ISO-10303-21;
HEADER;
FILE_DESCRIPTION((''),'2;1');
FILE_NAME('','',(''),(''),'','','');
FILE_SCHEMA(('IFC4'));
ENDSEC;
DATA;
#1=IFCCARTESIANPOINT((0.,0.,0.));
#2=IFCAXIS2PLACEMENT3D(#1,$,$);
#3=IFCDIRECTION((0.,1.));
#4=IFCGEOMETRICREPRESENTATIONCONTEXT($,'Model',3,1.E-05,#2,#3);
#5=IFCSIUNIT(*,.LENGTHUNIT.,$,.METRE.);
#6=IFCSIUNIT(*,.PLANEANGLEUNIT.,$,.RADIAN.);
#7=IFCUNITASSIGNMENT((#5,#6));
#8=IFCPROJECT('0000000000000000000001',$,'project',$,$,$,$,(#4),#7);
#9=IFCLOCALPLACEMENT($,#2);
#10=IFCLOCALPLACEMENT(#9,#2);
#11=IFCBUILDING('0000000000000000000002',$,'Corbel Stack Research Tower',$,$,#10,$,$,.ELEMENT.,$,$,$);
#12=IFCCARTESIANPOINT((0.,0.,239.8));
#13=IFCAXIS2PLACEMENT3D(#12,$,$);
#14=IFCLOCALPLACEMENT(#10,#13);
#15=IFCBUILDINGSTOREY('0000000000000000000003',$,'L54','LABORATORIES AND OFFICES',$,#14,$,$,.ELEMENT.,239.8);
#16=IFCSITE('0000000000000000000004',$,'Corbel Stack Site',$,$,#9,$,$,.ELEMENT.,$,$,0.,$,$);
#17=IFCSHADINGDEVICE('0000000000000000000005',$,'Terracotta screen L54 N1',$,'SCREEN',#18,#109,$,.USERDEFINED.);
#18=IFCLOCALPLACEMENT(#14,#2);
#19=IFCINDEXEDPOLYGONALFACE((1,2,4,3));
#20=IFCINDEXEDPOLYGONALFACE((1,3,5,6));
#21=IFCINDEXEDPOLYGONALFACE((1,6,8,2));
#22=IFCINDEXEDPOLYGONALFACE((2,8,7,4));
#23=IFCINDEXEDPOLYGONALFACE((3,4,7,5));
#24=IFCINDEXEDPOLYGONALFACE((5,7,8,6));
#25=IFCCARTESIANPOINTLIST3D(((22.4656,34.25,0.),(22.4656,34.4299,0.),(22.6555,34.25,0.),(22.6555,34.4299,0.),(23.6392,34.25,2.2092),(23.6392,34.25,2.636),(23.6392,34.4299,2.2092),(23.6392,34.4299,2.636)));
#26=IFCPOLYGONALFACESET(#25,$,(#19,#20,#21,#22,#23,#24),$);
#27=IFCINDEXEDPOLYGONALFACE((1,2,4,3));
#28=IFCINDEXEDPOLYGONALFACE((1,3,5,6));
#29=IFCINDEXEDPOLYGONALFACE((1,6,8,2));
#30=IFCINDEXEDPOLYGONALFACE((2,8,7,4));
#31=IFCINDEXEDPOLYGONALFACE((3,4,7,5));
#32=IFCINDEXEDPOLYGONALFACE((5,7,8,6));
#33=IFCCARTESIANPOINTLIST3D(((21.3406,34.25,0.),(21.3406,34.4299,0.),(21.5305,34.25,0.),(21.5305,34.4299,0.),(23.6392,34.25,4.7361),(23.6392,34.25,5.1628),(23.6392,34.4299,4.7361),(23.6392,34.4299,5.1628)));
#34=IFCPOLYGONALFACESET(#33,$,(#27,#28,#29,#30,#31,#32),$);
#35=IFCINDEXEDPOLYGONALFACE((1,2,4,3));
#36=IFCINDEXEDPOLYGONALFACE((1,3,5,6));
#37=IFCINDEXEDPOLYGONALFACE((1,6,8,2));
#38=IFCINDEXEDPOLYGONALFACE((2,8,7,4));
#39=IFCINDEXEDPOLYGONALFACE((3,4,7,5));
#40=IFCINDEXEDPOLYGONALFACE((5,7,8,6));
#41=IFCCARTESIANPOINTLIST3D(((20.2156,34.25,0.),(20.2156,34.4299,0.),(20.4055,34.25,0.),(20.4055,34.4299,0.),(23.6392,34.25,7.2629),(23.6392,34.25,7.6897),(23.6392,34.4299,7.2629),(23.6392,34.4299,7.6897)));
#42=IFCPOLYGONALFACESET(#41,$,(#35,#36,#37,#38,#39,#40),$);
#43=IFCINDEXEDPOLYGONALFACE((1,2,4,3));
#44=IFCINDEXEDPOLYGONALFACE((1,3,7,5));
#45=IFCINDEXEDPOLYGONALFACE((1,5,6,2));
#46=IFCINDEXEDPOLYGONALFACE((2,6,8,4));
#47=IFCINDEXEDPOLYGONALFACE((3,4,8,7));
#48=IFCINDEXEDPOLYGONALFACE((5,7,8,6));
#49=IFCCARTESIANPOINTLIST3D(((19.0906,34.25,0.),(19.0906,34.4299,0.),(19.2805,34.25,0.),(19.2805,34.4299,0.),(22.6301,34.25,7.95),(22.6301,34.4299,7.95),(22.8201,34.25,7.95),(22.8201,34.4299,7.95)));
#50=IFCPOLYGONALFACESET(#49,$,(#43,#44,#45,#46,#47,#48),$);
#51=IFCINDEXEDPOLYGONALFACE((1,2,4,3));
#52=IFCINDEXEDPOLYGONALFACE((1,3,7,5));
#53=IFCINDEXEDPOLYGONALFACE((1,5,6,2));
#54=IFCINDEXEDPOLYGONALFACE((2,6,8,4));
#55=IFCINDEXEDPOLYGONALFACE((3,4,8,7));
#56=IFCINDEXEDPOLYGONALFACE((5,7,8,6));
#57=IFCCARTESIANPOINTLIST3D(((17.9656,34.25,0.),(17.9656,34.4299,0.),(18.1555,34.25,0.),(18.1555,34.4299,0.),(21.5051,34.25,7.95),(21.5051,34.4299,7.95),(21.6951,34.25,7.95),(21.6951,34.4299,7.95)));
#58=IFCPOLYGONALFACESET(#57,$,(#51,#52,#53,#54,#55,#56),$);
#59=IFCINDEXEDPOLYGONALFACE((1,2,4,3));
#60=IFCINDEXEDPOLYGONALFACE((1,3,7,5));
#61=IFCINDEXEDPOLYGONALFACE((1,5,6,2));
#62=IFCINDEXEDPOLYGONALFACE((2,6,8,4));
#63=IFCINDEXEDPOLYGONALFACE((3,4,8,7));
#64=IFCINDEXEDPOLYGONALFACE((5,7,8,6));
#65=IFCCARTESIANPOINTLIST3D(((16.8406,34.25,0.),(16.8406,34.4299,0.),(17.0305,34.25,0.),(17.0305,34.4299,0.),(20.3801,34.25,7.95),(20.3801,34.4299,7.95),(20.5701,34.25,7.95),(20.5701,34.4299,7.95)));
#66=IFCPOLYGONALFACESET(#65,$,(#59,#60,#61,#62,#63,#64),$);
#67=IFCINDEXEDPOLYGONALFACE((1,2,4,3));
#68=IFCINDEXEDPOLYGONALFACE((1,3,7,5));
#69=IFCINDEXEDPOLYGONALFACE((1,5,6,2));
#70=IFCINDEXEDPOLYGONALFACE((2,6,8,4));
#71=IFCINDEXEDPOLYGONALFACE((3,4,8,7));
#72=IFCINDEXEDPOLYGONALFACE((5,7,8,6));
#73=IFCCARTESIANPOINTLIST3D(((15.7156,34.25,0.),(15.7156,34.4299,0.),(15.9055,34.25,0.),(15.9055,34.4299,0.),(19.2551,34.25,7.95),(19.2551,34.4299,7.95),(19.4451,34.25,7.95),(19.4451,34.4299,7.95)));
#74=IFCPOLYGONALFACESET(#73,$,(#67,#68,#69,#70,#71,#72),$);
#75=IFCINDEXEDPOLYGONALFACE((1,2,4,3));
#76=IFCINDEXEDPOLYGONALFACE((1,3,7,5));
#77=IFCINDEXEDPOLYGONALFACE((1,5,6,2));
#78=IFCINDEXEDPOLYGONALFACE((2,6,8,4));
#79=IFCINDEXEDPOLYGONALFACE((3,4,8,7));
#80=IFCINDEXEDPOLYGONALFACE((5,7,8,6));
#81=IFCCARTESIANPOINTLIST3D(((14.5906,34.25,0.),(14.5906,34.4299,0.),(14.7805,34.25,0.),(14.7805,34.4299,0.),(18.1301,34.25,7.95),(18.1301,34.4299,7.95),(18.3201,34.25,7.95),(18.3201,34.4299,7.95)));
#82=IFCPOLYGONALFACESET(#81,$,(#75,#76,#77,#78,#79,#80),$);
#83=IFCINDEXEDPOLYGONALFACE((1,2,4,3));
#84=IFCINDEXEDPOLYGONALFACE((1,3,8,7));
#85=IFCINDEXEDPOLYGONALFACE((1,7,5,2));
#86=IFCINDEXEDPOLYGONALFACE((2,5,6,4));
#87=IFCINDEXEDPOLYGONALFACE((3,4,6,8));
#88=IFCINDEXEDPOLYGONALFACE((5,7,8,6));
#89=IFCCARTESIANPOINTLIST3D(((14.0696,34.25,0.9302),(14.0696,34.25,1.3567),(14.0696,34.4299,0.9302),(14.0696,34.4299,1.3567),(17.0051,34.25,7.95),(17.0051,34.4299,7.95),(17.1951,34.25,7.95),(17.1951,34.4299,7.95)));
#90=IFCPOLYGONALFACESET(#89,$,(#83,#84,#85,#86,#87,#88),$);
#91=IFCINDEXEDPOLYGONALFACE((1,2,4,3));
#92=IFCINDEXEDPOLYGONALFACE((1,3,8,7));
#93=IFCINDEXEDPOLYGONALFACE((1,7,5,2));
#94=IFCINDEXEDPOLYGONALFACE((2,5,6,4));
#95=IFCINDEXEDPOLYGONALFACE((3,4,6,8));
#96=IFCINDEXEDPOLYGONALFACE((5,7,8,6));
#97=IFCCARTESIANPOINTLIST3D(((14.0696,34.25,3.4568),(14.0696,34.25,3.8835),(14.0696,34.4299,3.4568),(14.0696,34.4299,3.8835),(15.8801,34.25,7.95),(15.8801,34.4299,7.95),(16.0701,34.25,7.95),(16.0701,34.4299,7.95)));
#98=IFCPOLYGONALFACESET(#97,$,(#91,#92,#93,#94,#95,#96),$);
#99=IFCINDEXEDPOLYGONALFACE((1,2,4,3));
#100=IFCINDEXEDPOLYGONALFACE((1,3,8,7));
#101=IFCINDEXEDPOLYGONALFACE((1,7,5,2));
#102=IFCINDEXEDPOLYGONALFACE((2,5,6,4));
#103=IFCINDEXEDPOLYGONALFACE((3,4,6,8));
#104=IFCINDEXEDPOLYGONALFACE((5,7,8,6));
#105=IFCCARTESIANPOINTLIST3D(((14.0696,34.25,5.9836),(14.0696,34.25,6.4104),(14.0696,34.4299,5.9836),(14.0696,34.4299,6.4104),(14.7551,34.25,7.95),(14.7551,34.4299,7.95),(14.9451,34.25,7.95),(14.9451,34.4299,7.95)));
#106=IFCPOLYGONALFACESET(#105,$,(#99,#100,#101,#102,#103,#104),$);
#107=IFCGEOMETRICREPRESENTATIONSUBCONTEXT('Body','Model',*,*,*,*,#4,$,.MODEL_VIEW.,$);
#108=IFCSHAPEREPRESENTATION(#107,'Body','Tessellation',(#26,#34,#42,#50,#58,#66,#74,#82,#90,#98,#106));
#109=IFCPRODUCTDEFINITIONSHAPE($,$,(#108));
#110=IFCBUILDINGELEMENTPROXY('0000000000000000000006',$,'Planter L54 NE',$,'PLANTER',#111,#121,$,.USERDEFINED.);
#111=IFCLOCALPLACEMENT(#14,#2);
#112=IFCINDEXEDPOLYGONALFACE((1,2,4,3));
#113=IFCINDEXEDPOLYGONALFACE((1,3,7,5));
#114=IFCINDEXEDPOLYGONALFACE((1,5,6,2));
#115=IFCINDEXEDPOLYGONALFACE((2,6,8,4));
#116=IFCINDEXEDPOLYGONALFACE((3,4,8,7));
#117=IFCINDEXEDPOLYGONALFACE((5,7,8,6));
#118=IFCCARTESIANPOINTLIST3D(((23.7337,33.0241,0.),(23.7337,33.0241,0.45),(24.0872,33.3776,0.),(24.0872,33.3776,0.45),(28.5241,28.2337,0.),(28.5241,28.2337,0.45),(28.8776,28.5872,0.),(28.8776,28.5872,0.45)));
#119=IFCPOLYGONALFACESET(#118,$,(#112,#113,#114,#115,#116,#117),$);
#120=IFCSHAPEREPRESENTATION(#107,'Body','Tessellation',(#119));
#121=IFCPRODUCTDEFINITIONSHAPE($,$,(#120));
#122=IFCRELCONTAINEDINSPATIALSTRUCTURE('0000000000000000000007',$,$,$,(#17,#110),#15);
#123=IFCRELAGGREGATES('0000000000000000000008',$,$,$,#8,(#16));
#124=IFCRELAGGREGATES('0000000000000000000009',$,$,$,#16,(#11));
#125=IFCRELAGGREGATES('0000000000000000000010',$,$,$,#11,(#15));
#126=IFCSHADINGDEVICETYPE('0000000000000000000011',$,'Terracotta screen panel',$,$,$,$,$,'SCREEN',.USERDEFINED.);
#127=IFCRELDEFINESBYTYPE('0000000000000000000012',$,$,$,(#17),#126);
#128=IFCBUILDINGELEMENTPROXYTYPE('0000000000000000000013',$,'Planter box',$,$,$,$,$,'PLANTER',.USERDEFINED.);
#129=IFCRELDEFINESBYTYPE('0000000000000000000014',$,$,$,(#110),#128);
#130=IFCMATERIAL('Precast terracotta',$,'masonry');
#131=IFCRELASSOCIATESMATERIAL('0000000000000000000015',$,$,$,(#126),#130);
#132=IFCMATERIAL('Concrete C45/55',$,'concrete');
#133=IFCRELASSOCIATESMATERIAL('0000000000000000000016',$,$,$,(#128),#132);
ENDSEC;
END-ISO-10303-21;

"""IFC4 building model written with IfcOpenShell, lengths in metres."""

from ifc_helpers import new_model, si_unit, direction, frame, origin, origin_2d, place, context, subcontext, project, spatial, polyline, rectangle, outline, extrude, source, transform, mapped, material, type_object, element, save


model = new_model("IFC4")

# Units and contexts
model_context = context("Model", 3, precision=1e-05, world=origin(), true_north=direction((0.0, 1.0)))
body_context = subcontext(model_context, "Body", "Model", "MODEL_VIEW")
ifc_project = project(units=[si_unit("LENGTHUNIT", "METRE"), si_unit("PLANEANGLEUNIT", "RADIAN")], contexts=[model_context])

# Site, building, storey
site_placement = place(None, origin())
site = spatial("IfcSite", under=ifc_project, at=site_placement, Name="Corbel Stack Site", CompositionType="ELEMENT", RefElevation=0.0)
building_placement = place(site_placement, origin())
building = spatial("IfcBuilding", under=site, at=building_placement, Name="Corbel Stack Research Tower", CompositionType="ELEMENT")
storey_placement = place(building_placement, frame((0.0, 0.0, 239.8)))
storey = spatial("IfcBuildingStorey", under=building, at=storey_placement, Name="L54", Description="LABORATORIES AND OFFICES", CompositionType="ELEMENT", Elevation=239.8)

# Shading device
ifc_material_1 = material(Name="Precast terracotta", Category="masonry")
shading_device_type = type_object("IfcShadingDeviceType", Name="Terracotta screen panel", ElementType="SCREEN", PredefinedType="USERDEFINED", material=ifc_material_1)
shared_shape_1 = source(origin(), body_context, "Body", "SweptSolid", [
    extrude(outline(polyline([(1.1736, 0.0), (0.0, 2.636), (0.0, 2.2092), (0.9836, 0.0), (1.1736, 0.0)])), frame((0.0, 0.0, 0.0), z_axis=(0.0, -1.0, 0.0), x_axis=(1.0, 0.0, 0.0)), (0.0, 0.0, 1.0), 0.1799),
    extrude(outline(polyline([(2.2986, 0.0), (0.0, 5.1628), (0.0, 4.7361), (2.1086, 0.0), (2.2986, 0.0)])), frame((0.0, 0.0, 0.0), z_axis=(0.0, -1.0, 0.0), x_axis=(1.0, 0.0, 0.0)), (0.0, 0.0, 1.0), 0.1799),
    extrude(outline(polyline([(3.4236, 0.0), (0.0, 7.6897), (0.0, 7.2629), (3.2336, 0.0), (3.4236, 0.0)])), frame((0.0, 0.0, 0.0), z_axis=(0.0, -1.0, 0.0), x_axis=(1.0, 0.0, 0.0)), (0.0, 0.0, 1.0), 0.1799),
    extrude(outline(polyline([(4.5486, 0.0), (1.009, 7.95), (0.8191, 7.95), (4.3586, 0.0), (4.5486, 0.0)])), frame((0.0, 0.0, 0.0), z_axis=(0.0, -1.0, 0.0), x_axis=(1.0, 0.0, 0.0)), (0.0, 0.0, 1.0), 0.1799),
    extrude(outline(polyline([(5.6736, 0.0), (2.134, 7.95), (1.9441, 7.95), (5.4836, 0.0), (5.6736, 0.0)])), frame((0.0, 0.0, 0.0), z_axis=(0.0, -1.0, 0.0), x_axis=(1.0, 0.0, 0.0)), (0.0, 0.0, 1.0), 0.1799),
    extrude(outline(polyline([(6.7986, 0.0), (3.259, 7.95), (3.0691, 7.95), (6.6086, 0.0), (6.7986, 0.0)])), frame((0.0, 0.0, 0.0), z_axis=(0.0, -1.0, 0.0), x_axis=(1.0, 0.0, 0.0)), (0.0, 0.0, 1.0), 0.1799),
    extrude(outline(polyline([(7.9236, 0.0), (4.384, 7.95), (4.1941, 7.95), (7.7336, 0.0), (7.9236, 0.0)])), frame((0.0, 0.0, 0.0), z_axis=(0.0, -1.0, 0.0), x_axis=(1.0, 0.0, 0.0)), (0.0, 0.0, 1.0), 0.1799),
    extrude(outline(polyline([(9.0486, 0.0), (5.509, 7.95), (5.3191, 7.95), (8.8586, 0.0), (9.0486, 0.0)])), frame((0.0, 0.0, 0.0), z_axis=(0.0, -1.0, 0.0), x_axis=(1.0, 0.0, 0.0)), (0.0, 0.0, 1.0), 0.1799),
    extrude(outline(polyline([(6.634, 7.95), (6.4441, 7.95), (9.5696, 0.9302), (9.5696, 1.3567), (6.634, 7.95)])), frame((0.0, 0.0, 0.0), z_axis=(0.0, -1.0, 0.0), x_axis=(1.0, 0.0, 0.0)), (0.0, 0.0, 1.0), 0.1799),
    extrude(outline(polyline([(7.759, 7.95), (7.5691, 7.95), (9.5696, 3.4568), (9.5696, 3.8835), (7.759, 7.95)])), frame((0.0, 0.0, 0.0), z_axis=(0.0, -1.0, 0.0), x_axis=(1.0, 0.0, 0.0)), (0.0, 0.0, 1.0), 0.1799),
    extrude(outline(polyline([(8.884, 7.95), (8.6941, 7.95), (9.5696, 5.9836), (9.5696, 6.4104), (8.884, 7.95)])), frame((0.0, 0.0, 0.0), z_axis=(0.0, -1.0, 0.0), x_axis=(1.0, 0.0, 0.0)), (0.0, 0.0, 1.0), 0.1799),
])
shading_device_1_placement = place(storey_placement, frame((23.6392, 34.25, 0.0), z_axis=(0.0, 0.0, 1.0), x_axis=(-1.0, 0.0, 0.0)))
element("IfcShadingDevice", 1, at=shading_device_1_placement, inside=storey, type_object=shading_device_type, Name="Terracotta screen L54 N1", ObjectType="SCREEN", PredefinedType="USERDEFINED", context=body_context, shape_type="MappedRepresentation", body=[
    mapped(shared_shape_1, transform((0.0, 0.0, 0.0))),
])

# Building element proxy
ifc_material_2 = material(Name="Concrete C45/55", Category="concrete")
building_element_proxy_type = type_object("IfcBuildingElementProxyType", Name="Planter box", ElementType="PLANTER", PredefinedType="USERDEFINED", material=ifc_material_2)
proxy_placement = place(storey_placement, frame((26.3057, 30.8057, 0.0), z_axis=(0.0, 0.0, 1.0), x_axis=(-0.707107, 0.707107, 0.0)))
element("IfcBuildingElementProxy", 2, at=proxy_placement, inside=storey, type_object=building_element_proxy_type, Name="Planter L54 NE", ObjectType="PLANTER", PredefinedType="USERDEFINED", context=body_context, shape_type="SweptSolid", body=[
    extrude(rectangle(XDim=6.7747, YDim=0.5, at=origin_2d()), origin(), (0.0, 0.0, 1.0), 0.45),
])

save(model, "model.ifc")
